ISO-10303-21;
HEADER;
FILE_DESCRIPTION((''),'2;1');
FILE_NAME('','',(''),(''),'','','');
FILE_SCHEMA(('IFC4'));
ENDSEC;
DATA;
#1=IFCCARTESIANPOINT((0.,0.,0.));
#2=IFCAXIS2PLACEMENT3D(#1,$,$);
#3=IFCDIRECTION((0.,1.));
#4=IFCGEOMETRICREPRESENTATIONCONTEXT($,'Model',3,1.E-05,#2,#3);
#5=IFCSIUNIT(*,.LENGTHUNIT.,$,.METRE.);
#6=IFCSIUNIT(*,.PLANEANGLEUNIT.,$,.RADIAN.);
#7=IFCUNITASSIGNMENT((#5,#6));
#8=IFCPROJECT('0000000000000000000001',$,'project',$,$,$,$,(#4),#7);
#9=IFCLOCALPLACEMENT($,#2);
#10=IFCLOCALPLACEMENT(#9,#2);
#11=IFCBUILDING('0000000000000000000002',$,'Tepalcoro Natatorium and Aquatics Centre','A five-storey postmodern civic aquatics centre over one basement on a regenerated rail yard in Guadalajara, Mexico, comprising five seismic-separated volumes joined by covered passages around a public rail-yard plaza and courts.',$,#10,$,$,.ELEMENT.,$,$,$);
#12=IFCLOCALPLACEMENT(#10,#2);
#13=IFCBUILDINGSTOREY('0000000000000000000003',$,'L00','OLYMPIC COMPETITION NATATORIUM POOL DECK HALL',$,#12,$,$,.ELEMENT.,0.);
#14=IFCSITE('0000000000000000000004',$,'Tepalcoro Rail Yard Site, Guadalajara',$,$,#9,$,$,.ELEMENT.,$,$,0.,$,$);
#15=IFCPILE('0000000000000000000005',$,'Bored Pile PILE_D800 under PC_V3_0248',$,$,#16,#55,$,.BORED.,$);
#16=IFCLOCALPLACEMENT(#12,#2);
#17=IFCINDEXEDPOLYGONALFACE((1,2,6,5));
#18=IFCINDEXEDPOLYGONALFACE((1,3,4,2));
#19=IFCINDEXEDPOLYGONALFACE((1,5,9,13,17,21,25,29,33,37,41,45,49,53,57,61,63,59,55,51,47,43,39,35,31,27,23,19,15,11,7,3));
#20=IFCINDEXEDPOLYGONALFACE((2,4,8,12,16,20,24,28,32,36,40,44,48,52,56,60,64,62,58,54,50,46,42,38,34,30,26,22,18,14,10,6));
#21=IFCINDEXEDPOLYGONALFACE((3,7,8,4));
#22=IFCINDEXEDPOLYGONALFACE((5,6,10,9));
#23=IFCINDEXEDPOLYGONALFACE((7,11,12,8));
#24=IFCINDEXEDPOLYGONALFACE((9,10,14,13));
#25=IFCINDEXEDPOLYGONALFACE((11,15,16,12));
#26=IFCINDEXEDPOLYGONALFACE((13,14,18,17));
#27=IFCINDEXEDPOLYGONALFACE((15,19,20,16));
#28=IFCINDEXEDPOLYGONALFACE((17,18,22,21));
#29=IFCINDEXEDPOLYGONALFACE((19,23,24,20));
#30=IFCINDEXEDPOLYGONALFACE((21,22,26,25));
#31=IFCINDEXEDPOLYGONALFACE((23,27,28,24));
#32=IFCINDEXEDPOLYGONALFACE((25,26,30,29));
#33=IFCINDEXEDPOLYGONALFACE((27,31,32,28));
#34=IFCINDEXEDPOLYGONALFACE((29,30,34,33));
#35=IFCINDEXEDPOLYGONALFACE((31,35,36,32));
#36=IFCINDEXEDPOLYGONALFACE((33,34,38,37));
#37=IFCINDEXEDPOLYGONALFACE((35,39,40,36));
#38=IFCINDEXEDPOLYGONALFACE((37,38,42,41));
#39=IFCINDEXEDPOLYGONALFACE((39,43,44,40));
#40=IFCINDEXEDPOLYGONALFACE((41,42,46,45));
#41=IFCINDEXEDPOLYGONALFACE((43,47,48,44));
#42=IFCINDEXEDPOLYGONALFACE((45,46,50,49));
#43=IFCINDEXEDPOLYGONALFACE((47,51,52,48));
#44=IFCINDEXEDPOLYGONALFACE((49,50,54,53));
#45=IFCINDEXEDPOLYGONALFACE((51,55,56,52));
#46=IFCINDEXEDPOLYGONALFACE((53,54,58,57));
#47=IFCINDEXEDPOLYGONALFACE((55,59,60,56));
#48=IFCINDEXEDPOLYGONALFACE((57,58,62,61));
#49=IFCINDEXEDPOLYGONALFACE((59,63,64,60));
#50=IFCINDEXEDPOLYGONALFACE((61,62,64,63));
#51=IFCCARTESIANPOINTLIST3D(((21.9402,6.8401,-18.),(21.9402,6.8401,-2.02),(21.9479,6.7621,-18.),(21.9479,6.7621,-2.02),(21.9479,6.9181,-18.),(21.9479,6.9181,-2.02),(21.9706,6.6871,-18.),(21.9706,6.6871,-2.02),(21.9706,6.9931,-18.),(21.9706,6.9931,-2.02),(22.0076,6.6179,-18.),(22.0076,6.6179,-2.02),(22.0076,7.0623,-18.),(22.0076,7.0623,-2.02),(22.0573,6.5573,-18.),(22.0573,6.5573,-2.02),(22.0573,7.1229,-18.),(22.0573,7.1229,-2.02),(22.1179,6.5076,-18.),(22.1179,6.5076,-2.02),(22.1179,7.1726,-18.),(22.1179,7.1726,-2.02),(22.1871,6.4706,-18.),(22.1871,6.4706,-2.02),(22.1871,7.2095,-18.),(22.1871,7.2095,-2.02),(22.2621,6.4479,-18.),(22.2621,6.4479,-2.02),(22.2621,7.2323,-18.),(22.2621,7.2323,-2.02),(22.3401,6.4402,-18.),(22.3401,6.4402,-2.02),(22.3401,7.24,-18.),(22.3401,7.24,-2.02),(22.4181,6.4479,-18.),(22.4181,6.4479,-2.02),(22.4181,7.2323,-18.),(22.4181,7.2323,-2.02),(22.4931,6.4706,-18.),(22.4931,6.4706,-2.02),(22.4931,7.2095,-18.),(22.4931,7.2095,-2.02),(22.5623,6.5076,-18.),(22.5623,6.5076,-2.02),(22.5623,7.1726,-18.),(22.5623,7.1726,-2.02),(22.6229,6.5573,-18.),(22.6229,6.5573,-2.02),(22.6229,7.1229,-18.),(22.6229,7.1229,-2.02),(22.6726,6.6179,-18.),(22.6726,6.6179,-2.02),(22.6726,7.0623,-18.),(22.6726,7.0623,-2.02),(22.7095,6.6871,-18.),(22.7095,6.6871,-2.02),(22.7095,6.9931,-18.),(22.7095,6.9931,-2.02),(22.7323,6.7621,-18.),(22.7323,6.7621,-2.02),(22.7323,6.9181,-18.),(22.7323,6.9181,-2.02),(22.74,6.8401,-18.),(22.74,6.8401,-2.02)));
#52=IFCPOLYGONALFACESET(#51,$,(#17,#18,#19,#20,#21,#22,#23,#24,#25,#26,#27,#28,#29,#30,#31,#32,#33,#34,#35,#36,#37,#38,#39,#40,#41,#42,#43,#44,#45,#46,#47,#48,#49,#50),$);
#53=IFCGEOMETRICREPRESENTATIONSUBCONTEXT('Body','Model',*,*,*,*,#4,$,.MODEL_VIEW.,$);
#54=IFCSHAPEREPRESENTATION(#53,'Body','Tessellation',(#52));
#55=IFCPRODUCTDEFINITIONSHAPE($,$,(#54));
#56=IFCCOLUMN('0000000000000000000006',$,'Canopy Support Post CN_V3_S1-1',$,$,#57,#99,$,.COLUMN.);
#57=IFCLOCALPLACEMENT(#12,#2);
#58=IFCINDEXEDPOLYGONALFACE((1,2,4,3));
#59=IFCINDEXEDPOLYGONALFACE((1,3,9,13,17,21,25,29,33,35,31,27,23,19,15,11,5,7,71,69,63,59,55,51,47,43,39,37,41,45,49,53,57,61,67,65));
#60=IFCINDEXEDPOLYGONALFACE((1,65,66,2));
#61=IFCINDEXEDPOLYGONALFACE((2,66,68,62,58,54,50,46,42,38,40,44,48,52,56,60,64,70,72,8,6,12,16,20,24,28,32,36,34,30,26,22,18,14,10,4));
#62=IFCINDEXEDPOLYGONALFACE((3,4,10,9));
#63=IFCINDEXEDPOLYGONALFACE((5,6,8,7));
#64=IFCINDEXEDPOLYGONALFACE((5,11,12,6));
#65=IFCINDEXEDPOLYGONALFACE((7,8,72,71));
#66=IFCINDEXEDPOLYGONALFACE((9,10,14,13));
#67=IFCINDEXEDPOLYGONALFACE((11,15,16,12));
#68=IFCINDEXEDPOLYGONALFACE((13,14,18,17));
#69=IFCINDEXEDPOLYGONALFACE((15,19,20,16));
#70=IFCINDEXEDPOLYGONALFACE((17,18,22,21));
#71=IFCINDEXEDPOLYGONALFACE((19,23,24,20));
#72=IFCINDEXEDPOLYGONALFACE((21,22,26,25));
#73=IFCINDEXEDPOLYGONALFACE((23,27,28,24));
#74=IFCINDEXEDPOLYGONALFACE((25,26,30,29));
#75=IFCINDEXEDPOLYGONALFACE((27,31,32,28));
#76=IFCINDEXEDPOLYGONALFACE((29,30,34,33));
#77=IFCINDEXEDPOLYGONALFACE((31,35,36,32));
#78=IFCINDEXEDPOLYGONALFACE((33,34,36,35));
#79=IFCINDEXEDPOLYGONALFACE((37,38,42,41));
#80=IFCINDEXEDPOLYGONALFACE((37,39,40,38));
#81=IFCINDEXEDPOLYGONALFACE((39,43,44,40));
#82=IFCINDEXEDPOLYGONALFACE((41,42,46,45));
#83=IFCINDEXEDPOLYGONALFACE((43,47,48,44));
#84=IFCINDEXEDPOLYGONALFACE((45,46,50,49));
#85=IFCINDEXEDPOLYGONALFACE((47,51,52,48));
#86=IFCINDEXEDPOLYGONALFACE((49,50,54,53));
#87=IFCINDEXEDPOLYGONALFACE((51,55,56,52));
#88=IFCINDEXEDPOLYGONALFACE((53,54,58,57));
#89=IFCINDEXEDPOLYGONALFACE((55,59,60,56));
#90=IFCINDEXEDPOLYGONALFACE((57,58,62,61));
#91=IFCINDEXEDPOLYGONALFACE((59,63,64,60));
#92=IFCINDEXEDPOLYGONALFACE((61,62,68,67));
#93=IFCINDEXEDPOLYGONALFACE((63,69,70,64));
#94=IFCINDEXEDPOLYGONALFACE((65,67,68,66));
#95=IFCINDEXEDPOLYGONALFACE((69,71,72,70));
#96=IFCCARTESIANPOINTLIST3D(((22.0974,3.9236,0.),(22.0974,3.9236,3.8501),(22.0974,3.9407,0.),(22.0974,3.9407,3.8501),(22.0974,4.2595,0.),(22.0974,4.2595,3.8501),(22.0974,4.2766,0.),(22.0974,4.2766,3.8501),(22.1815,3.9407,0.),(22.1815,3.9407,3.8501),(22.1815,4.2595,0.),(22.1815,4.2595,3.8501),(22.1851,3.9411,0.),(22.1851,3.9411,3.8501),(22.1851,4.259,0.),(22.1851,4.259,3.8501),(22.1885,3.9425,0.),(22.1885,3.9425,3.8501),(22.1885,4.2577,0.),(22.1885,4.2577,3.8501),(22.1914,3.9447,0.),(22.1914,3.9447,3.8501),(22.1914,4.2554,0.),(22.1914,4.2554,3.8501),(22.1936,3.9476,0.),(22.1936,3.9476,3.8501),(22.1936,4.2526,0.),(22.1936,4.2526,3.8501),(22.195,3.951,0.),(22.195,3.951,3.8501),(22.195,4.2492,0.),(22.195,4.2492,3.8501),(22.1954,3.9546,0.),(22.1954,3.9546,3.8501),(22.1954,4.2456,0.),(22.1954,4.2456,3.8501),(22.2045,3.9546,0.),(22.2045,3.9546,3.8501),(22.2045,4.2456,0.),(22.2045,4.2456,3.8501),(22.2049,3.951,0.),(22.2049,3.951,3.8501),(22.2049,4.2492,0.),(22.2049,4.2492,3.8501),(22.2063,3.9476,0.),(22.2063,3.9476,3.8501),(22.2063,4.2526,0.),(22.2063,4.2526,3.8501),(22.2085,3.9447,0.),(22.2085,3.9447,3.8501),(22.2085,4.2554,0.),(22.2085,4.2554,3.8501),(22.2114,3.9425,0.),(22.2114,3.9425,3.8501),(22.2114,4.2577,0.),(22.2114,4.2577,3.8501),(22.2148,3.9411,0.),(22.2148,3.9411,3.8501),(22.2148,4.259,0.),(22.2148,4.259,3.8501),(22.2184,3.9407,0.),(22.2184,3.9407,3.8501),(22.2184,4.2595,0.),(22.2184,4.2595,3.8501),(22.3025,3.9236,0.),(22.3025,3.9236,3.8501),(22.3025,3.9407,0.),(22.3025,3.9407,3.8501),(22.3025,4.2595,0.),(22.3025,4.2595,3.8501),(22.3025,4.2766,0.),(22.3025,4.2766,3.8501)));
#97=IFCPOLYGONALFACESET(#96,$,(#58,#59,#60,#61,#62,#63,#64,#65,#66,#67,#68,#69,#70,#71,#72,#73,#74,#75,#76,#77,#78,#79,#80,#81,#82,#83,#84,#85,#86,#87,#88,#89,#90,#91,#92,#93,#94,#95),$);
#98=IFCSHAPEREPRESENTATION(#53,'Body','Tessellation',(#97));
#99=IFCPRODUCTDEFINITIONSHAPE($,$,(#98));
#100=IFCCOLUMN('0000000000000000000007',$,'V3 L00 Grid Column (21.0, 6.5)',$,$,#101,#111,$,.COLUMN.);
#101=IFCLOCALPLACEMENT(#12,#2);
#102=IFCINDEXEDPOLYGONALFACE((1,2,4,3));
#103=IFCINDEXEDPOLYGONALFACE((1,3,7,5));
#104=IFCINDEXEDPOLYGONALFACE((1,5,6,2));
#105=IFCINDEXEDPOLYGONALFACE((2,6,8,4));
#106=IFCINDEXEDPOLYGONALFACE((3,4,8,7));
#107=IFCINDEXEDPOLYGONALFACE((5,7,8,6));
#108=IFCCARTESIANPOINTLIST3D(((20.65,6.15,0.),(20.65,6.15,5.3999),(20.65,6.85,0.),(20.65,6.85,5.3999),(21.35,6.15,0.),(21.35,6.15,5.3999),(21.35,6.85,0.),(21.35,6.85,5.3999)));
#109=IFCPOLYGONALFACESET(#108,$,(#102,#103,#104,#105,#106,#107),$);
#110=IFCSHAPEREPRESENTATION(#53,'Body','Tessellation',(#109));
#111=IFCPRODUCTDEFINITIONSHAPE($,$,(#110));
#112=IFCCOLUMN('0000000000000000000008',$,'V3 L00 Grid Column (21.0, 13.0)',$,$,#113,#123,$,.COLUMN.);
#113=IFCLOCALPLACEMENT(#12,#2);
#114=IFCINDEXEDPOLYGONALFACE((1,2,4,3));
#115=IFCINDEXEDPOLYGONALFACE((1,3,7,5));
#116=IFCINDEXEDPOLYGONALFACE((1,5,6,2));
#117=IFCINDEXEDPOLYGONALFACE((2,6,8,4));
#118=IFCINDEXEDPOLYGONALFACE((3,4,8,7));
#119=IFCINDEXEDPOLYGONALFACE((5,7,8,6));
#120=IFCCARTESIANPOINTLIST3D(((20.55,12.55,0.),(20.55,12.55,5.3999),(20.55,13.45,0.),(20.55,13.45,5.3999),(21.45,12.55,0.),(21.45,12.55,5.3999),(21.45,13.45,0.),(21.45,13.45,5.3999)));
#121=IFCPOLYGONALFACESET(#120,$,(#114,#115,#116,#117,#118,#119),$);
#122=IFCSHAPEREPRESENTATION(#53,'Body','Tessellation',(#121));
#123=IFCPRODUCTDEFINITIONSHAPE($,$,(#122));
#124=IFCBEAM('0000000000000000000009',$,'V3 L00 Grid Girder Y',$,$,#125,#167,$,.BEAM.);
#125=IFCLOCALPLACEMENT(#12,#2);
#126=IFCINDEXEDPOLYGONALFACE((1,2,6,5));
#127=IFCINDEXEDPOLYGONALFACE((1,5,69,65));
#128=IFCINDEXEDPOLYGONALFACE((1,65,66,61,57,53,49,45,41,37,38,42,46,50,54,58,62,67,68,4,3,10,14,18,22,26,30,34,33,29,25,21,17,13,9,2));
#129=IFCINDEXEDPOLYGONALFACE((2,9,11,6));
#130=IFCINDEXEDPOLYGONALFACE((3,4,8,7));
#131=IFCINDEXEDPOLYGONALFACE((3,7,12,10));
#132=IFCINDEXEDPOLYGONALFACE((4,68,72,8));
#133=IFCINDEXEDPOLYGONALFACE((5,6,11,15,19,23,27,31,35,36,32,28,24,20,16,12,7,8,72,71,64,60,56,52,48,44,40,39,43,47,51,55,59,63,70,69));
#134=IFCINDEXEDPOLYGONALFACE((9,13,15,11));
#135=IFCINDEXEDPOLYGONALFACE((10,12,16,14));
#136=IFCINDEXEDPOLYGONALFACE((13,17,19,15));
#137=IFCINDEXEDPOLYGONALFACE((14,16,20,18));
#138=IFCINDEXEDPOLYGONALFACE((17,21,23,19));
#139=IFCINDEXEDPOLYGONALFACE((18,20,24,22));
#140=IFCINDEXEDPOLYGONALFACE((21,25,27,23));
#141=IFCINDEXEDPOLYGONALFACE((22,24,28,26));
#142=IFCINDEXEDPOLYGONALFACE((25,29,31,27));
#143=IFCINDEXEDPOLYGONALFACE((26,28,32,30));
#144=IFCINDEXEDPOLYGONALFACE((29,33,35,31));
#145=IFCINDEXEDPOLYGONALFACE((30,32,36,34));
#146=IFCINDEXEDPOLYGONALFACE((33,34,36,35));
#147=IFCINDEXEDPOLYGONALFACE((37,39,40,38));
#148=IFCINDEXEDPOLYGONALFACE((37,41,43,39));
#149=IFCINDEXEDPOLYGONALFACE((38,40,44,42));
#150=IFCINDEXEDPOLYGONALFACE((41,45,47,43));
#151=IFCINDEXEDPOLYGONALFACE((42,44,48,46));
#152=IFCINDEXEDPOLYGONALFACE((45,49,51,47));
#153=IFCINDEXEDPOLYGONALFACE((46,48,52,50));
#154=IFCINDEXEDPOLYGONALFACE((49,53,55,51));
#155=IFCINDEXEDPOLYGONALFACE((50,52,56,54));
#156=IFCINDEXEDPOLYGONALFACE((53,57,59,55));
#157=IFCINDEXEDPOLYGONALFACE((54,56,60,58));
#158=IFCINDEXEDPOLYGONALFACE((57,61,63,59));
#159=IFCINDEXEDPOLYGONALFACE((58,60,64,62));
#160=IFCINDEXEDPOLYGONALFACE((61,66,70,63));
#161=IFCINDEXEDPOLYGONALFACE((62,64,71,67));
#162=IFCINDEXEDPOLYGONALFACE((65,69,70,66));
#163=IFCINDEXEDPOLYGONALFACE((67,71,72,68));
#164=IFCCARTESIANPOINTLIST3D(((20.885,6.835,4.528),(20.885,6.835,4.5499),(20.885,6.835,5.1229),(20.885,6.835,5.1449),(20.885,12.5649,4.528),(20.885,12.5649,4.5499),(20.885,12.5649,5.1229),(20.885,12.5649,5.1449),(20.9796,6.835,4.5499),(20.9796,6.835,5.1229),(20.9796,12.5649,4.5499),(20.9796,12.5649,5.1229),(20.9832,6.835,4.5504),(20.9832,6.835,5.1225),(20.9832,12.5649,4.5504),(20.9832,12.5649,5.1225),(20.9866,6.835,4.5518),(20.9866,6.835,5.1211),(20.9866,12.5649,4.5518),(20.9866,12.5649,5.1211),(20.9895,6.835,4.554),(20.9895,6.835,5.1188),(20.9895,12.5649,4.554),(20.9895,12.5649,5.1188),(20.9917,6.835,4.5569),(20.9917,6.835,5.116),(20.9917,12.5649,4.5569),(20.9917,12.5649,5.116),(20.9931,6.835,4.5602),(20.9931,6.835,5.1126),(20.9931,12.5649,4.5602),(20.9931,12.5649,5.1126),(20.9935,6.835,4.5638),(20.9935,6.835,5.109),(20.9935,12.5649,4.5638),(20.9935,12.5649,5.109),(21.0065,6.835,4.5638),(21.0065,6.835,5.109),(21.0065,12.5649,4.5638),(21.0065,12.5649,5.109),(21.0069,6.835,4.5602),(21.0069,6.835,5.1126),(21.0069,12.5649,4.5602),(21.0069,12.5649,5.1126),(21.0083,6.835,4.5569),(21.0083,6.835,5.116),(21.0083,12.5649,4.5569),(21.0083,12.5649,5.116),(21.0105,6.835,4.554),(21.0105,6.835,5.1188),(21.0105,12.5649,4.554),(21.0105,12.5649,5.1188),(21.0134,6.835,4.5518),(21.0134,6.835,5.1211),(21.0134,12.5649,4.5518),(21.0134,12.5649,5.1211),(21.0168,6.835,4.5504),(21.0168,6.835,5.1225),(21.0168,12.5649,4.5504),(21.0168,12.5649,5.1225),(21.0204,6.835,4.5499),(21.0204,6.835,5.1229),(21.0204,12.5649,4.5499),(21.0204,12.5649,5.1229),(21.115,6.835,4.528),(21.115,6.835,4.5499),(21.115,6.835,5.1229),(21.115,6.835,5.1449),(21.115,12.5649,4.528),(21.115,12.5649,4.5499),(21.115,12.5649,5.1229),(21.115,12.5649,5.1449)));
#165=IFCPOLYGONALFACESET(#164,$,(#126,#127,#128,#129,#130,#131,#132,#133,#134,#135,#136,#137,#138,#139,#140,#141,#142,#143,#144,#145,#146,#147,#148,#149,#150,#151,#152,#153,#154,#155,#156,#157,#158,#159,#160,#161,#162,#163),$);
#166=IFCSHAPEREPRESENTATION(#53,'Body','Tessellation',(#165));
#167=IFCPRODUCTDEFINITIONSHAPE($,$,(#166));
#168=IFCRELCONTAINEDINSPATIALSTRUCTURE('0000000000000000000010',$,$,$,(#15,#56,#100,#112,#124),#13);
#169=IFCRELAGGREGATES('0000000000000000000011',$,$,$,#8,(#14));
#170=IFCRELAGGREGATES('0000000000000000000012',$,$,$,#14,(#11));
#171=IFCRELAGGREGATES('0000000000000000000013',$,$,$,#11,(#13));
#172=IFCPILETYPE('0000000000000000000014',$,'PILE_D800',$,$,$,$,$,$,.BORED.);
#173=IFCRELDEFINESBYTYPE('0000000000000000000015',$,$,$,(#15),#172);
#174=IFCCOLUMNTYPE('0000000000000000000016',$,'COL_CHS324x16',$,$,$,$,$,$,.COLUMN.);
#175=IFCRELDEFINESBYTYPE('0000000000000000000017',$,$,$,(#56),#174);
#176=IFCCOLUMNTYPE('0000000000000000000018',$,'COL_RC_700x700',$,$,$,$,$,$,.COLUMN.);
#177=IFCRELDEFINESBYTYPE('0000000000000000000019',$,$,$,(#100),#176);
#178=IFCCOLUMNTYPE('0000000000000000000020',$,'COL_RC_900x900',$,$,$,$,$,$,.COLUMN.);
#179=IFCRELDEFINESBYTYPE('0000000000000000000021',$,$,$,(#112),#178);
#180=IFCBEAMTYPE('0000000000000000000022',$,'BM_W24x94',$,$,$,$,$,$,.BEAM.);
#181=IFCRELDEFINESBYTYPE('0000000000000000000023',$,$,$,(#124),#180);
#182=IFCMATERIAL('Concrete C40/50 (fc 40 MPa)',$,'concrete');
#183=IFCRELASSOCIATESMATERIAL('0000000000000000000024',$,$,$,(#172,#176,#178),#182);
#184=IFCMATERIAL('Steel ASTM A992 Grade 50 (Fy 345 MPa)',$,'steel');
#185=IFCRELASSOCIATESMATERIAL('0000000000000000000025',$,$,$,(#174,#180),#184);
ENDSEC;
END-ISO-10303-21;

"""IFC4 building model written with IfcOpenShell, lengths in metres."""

from ifc_helpers import new_model, si_unit, direction, frame, origin, origin_2d, place, context, subcontext, project, spatial, rectangle, circle, i_section, extrude, material, material_profile, profile_set, type_object, element, save


model = new_model("IFC4")

# Units and contexts
model_context = context("Model", 3, precision=1e-05, world=origin(), true_north=direction((0.0, 1.0)))
body_context = subcontext(model_context, "Body", "Model", "MODEL_VIEW")
ifc_project = project(units=[si_unit("LENGTHUNIT", "METRE"), si_unit("PLANEANGLEUNIT", "RADIAN")], contexts=[model_context])

# Site, building, storey
site_placement = place(None, origin())
site = spatial("IfcSite", under=ifc_project, at=site_placement, Name="Tepalcoro Rail Yard Site, Guadalajara", CompositionType="ELEMENT", RefElevation=0.0)
building_placement = place(site_placement, origin())
building = spatial("IfcBuilding", under=site, at=building_placement, Name="Tepalcoro Natatorium and Aquatics Centre", Description="A five-storey postmodern civic aquatics centre over one basement on a regenerated rail yard in Guadalajara, Mexico, comprising five seismic-separated volumes joined by covered passages around a public rail-yard plaza and courts.", CompositionType="ELEMENT")
storey_placement = place(building_placement, origin())
storey = spatial("IfcBuildingStorey", under=building, at=storey_placement, Name="L00", Description="OLYMPIC COMPETITION NATATORIUM POOL DECK HALL", CompositionType="ELEMENT", Elevation=0.0)

# Pile
ifc_material_1 = material(Name="Concrete C40/50 (fc 40 MPa)", Category="concrete")
ifc_material_profile_1 = material_profile(ifc_material_1, circle(Radius=0.3999, at=origin_2d()), Name="PILE_D800")
ifc_profile_set_1 = profile_set([ifc_material_profile_1], Name="Concrete C40/50 (fc 40 MPa)")
pile_type_1 = type_object("IfcPileType", Name="PILE_D800", PredefinedType="BORED", material=ifc_profile_set_1)
for number, where, z_axis, x_axis, name in (
    (1, (22.3401, 6.8401, -2.02), (0.0, 0.0, -1.0), (1.0, 0.0, 0.0), "Bored Pile PILE_D800 under PC_V3_0248"),
):
    element("IfcPile", number, at=place(storey_placement, frame(where, z_axis=z_axis, x_axis=x_axis)), inside=storey, type_object=pile_type_1, Name=name, PredefinedType="BORED", context=body_context, shape_type="SweptSolid", body=[
        extrude(circle(Radius=0.3999, at=origin_2d()), origin(), (0.0, 0.0, 1.0), 15.98),
    ])

# Columns
ifc_material_2 = material(Name="Steel ASTM A992 Grade 50 (Fy 345 MPa)", Category="steel")
ifc_material_profile_2 = material_profile(ifc_material_2, i_section(OverallWidth=0.2051, OverallDepth=0.353, WebThickness=0.009, FlangeThickness=0.0171, FilletRadius=0.0139, at=origin_2d()), Name="W14X53")
ifc_profile_set_2 = profile_set([ifc_material_profile_2], Name="Steel ASTM A992 Grade 50 (Fy 345 MPa)")
column_type_1 = type_object("IfcColumnType", Name="COL_CHS324x16", PredefinedType="COLUMN", material=ifc_profile_set_2)
column_1_placement = place(storey_placement, frame((22.2, 4.1001, 0.0), z_axis=(0.0, 0.0, 1.0), x_axis=(1.0, 0.0, 0.0)))
element("IfcColumn", 2, at=column_1_placement, inside=storey, type_object=column_type_1, Name="Canopy Support Post CN_V3_S1-1", PredefinedType="COLUMN", context=body_context, shape_type="SweptSolid", body=[
    extrude(i_section(OverallWidth=0.2051, OverallDepth=0.353, WebThickness=0.009, FlangeThickness=0.0171, FilletRadius=0.0139, at=origin_2d()), origin(), (0.0, 0.0, 1.0), 3.8501),
])
ifc_material_profile_3 = material_profile(ifc_material_1, rectangle(XDim=0.7, YDim=0.7, at=origin_2d()), Name="RC700x700")
ifc_profile_set_3 = profile_set([ifc_material_profile_3], Name="Concrete C40/50 (fc 40 MPa)")
column_type_2 = type_object("IfcColumnType", Name="COL_RC_700x700", PredefinedType="COLUMN", material=ifc_profile_set_3)
column_2_placement = place(storey_placement, frame((21.0, 6.5, 0.0), z_axis=(0.0, 0.0, 1.0), x_axis=(1.0, 0.0, 0.0)))
element("IfcColumn", 3, at=column_2_placement, inside=storey, type_object=column_type_2, Name="V3 L00 Grid Column (21.0, 6.5)", PredefinedType="COLUMN", context=body_context, shape_type="SweptSolid", body=[
    extrude(rectangle(XDim=0.7, YDim=0.7, at=origin_2d()), origin(), (0.0, 0.0, 1.0), 5.3999),
])
ifc_material_profile_4 = material_profile(ifc_material_1, rectangle(XDim=0.8999, YDim=0.8999, at=origin_2d()), Name="RC900x900")
ifc_profile_set_4 = profile_set([ifc_material_profile_4], Name="Concrete C40/50 (fc 40 MPa)")
column_type_3 = type_object("IfcColumnType", Name="COL_RC_900x900", PredefinedType="COLUMN", material=ifc_profile_set_4)
column_3_placement = place(storey_placement, frame((21.0, 13.0, 0.0), z_axis=(0.0, 0.0, 1.0), x_axis=(1.0, 0.0, 0.0)))
element("IfcColumn", 4, at=column_3_placement, inside=storey, type_object=column_type_3, Name="V3 L00 Grid Column (21.0, 13.0)", PredefinedType="COLUMN", context=body_context, shape_type="SweptSolid", body=[
    extrude(rectangle(XDim=0.8999, YDim=0.8999, at=origin_2d()), origin(), (0.0, 0.0, 1.0), 5.3999),
])

# Beam
ifc_material_profile_5 = material_profile(ifc_material_2, i_section(OverallWidth=0.23, OverallDepth=0.6169, WebThickness=0.0129, FlangeThickness=0.022, FilletRadius=0.0139, at=origin_2d()), Name="W24X94")
ifc_profile_set_5 = profile_set([ifc_material_profile_5], Name="Steel ASTM A992 Grade 50 (Fy 345 MPa)")
beam_type_1 = type_object("IfcBeamType", Name="BM_W24x94", PredefinedType="BEAM", material=ifc_profile_set_5)
beam_1_placement = place(storey_placement, frame((21.0, 6.835, 4.8364), z_axis=(0.0, 1.0, 0.0), x_axis=(-1.0, 0.0, 0.0)))
element("IfcBeam", 5, at=beam_1_placement, inside=storey, type_object=beam_type_1, Name="V3 L00 Grid Girder Y", PredefinedType="BEAM", context=body_context, shape_type="SweptSolid", body=[
    extrude(i_section(OverallWidth=0.23, OverallDepth=0.6169, WebThickness=0.0129, FlangeThickness=0.022, FilletRadius=0.0139, at=origin_2d()), origin(), (0.0, 0.0, 1.0), 5.73),
])

save(model, "model.ifc")
